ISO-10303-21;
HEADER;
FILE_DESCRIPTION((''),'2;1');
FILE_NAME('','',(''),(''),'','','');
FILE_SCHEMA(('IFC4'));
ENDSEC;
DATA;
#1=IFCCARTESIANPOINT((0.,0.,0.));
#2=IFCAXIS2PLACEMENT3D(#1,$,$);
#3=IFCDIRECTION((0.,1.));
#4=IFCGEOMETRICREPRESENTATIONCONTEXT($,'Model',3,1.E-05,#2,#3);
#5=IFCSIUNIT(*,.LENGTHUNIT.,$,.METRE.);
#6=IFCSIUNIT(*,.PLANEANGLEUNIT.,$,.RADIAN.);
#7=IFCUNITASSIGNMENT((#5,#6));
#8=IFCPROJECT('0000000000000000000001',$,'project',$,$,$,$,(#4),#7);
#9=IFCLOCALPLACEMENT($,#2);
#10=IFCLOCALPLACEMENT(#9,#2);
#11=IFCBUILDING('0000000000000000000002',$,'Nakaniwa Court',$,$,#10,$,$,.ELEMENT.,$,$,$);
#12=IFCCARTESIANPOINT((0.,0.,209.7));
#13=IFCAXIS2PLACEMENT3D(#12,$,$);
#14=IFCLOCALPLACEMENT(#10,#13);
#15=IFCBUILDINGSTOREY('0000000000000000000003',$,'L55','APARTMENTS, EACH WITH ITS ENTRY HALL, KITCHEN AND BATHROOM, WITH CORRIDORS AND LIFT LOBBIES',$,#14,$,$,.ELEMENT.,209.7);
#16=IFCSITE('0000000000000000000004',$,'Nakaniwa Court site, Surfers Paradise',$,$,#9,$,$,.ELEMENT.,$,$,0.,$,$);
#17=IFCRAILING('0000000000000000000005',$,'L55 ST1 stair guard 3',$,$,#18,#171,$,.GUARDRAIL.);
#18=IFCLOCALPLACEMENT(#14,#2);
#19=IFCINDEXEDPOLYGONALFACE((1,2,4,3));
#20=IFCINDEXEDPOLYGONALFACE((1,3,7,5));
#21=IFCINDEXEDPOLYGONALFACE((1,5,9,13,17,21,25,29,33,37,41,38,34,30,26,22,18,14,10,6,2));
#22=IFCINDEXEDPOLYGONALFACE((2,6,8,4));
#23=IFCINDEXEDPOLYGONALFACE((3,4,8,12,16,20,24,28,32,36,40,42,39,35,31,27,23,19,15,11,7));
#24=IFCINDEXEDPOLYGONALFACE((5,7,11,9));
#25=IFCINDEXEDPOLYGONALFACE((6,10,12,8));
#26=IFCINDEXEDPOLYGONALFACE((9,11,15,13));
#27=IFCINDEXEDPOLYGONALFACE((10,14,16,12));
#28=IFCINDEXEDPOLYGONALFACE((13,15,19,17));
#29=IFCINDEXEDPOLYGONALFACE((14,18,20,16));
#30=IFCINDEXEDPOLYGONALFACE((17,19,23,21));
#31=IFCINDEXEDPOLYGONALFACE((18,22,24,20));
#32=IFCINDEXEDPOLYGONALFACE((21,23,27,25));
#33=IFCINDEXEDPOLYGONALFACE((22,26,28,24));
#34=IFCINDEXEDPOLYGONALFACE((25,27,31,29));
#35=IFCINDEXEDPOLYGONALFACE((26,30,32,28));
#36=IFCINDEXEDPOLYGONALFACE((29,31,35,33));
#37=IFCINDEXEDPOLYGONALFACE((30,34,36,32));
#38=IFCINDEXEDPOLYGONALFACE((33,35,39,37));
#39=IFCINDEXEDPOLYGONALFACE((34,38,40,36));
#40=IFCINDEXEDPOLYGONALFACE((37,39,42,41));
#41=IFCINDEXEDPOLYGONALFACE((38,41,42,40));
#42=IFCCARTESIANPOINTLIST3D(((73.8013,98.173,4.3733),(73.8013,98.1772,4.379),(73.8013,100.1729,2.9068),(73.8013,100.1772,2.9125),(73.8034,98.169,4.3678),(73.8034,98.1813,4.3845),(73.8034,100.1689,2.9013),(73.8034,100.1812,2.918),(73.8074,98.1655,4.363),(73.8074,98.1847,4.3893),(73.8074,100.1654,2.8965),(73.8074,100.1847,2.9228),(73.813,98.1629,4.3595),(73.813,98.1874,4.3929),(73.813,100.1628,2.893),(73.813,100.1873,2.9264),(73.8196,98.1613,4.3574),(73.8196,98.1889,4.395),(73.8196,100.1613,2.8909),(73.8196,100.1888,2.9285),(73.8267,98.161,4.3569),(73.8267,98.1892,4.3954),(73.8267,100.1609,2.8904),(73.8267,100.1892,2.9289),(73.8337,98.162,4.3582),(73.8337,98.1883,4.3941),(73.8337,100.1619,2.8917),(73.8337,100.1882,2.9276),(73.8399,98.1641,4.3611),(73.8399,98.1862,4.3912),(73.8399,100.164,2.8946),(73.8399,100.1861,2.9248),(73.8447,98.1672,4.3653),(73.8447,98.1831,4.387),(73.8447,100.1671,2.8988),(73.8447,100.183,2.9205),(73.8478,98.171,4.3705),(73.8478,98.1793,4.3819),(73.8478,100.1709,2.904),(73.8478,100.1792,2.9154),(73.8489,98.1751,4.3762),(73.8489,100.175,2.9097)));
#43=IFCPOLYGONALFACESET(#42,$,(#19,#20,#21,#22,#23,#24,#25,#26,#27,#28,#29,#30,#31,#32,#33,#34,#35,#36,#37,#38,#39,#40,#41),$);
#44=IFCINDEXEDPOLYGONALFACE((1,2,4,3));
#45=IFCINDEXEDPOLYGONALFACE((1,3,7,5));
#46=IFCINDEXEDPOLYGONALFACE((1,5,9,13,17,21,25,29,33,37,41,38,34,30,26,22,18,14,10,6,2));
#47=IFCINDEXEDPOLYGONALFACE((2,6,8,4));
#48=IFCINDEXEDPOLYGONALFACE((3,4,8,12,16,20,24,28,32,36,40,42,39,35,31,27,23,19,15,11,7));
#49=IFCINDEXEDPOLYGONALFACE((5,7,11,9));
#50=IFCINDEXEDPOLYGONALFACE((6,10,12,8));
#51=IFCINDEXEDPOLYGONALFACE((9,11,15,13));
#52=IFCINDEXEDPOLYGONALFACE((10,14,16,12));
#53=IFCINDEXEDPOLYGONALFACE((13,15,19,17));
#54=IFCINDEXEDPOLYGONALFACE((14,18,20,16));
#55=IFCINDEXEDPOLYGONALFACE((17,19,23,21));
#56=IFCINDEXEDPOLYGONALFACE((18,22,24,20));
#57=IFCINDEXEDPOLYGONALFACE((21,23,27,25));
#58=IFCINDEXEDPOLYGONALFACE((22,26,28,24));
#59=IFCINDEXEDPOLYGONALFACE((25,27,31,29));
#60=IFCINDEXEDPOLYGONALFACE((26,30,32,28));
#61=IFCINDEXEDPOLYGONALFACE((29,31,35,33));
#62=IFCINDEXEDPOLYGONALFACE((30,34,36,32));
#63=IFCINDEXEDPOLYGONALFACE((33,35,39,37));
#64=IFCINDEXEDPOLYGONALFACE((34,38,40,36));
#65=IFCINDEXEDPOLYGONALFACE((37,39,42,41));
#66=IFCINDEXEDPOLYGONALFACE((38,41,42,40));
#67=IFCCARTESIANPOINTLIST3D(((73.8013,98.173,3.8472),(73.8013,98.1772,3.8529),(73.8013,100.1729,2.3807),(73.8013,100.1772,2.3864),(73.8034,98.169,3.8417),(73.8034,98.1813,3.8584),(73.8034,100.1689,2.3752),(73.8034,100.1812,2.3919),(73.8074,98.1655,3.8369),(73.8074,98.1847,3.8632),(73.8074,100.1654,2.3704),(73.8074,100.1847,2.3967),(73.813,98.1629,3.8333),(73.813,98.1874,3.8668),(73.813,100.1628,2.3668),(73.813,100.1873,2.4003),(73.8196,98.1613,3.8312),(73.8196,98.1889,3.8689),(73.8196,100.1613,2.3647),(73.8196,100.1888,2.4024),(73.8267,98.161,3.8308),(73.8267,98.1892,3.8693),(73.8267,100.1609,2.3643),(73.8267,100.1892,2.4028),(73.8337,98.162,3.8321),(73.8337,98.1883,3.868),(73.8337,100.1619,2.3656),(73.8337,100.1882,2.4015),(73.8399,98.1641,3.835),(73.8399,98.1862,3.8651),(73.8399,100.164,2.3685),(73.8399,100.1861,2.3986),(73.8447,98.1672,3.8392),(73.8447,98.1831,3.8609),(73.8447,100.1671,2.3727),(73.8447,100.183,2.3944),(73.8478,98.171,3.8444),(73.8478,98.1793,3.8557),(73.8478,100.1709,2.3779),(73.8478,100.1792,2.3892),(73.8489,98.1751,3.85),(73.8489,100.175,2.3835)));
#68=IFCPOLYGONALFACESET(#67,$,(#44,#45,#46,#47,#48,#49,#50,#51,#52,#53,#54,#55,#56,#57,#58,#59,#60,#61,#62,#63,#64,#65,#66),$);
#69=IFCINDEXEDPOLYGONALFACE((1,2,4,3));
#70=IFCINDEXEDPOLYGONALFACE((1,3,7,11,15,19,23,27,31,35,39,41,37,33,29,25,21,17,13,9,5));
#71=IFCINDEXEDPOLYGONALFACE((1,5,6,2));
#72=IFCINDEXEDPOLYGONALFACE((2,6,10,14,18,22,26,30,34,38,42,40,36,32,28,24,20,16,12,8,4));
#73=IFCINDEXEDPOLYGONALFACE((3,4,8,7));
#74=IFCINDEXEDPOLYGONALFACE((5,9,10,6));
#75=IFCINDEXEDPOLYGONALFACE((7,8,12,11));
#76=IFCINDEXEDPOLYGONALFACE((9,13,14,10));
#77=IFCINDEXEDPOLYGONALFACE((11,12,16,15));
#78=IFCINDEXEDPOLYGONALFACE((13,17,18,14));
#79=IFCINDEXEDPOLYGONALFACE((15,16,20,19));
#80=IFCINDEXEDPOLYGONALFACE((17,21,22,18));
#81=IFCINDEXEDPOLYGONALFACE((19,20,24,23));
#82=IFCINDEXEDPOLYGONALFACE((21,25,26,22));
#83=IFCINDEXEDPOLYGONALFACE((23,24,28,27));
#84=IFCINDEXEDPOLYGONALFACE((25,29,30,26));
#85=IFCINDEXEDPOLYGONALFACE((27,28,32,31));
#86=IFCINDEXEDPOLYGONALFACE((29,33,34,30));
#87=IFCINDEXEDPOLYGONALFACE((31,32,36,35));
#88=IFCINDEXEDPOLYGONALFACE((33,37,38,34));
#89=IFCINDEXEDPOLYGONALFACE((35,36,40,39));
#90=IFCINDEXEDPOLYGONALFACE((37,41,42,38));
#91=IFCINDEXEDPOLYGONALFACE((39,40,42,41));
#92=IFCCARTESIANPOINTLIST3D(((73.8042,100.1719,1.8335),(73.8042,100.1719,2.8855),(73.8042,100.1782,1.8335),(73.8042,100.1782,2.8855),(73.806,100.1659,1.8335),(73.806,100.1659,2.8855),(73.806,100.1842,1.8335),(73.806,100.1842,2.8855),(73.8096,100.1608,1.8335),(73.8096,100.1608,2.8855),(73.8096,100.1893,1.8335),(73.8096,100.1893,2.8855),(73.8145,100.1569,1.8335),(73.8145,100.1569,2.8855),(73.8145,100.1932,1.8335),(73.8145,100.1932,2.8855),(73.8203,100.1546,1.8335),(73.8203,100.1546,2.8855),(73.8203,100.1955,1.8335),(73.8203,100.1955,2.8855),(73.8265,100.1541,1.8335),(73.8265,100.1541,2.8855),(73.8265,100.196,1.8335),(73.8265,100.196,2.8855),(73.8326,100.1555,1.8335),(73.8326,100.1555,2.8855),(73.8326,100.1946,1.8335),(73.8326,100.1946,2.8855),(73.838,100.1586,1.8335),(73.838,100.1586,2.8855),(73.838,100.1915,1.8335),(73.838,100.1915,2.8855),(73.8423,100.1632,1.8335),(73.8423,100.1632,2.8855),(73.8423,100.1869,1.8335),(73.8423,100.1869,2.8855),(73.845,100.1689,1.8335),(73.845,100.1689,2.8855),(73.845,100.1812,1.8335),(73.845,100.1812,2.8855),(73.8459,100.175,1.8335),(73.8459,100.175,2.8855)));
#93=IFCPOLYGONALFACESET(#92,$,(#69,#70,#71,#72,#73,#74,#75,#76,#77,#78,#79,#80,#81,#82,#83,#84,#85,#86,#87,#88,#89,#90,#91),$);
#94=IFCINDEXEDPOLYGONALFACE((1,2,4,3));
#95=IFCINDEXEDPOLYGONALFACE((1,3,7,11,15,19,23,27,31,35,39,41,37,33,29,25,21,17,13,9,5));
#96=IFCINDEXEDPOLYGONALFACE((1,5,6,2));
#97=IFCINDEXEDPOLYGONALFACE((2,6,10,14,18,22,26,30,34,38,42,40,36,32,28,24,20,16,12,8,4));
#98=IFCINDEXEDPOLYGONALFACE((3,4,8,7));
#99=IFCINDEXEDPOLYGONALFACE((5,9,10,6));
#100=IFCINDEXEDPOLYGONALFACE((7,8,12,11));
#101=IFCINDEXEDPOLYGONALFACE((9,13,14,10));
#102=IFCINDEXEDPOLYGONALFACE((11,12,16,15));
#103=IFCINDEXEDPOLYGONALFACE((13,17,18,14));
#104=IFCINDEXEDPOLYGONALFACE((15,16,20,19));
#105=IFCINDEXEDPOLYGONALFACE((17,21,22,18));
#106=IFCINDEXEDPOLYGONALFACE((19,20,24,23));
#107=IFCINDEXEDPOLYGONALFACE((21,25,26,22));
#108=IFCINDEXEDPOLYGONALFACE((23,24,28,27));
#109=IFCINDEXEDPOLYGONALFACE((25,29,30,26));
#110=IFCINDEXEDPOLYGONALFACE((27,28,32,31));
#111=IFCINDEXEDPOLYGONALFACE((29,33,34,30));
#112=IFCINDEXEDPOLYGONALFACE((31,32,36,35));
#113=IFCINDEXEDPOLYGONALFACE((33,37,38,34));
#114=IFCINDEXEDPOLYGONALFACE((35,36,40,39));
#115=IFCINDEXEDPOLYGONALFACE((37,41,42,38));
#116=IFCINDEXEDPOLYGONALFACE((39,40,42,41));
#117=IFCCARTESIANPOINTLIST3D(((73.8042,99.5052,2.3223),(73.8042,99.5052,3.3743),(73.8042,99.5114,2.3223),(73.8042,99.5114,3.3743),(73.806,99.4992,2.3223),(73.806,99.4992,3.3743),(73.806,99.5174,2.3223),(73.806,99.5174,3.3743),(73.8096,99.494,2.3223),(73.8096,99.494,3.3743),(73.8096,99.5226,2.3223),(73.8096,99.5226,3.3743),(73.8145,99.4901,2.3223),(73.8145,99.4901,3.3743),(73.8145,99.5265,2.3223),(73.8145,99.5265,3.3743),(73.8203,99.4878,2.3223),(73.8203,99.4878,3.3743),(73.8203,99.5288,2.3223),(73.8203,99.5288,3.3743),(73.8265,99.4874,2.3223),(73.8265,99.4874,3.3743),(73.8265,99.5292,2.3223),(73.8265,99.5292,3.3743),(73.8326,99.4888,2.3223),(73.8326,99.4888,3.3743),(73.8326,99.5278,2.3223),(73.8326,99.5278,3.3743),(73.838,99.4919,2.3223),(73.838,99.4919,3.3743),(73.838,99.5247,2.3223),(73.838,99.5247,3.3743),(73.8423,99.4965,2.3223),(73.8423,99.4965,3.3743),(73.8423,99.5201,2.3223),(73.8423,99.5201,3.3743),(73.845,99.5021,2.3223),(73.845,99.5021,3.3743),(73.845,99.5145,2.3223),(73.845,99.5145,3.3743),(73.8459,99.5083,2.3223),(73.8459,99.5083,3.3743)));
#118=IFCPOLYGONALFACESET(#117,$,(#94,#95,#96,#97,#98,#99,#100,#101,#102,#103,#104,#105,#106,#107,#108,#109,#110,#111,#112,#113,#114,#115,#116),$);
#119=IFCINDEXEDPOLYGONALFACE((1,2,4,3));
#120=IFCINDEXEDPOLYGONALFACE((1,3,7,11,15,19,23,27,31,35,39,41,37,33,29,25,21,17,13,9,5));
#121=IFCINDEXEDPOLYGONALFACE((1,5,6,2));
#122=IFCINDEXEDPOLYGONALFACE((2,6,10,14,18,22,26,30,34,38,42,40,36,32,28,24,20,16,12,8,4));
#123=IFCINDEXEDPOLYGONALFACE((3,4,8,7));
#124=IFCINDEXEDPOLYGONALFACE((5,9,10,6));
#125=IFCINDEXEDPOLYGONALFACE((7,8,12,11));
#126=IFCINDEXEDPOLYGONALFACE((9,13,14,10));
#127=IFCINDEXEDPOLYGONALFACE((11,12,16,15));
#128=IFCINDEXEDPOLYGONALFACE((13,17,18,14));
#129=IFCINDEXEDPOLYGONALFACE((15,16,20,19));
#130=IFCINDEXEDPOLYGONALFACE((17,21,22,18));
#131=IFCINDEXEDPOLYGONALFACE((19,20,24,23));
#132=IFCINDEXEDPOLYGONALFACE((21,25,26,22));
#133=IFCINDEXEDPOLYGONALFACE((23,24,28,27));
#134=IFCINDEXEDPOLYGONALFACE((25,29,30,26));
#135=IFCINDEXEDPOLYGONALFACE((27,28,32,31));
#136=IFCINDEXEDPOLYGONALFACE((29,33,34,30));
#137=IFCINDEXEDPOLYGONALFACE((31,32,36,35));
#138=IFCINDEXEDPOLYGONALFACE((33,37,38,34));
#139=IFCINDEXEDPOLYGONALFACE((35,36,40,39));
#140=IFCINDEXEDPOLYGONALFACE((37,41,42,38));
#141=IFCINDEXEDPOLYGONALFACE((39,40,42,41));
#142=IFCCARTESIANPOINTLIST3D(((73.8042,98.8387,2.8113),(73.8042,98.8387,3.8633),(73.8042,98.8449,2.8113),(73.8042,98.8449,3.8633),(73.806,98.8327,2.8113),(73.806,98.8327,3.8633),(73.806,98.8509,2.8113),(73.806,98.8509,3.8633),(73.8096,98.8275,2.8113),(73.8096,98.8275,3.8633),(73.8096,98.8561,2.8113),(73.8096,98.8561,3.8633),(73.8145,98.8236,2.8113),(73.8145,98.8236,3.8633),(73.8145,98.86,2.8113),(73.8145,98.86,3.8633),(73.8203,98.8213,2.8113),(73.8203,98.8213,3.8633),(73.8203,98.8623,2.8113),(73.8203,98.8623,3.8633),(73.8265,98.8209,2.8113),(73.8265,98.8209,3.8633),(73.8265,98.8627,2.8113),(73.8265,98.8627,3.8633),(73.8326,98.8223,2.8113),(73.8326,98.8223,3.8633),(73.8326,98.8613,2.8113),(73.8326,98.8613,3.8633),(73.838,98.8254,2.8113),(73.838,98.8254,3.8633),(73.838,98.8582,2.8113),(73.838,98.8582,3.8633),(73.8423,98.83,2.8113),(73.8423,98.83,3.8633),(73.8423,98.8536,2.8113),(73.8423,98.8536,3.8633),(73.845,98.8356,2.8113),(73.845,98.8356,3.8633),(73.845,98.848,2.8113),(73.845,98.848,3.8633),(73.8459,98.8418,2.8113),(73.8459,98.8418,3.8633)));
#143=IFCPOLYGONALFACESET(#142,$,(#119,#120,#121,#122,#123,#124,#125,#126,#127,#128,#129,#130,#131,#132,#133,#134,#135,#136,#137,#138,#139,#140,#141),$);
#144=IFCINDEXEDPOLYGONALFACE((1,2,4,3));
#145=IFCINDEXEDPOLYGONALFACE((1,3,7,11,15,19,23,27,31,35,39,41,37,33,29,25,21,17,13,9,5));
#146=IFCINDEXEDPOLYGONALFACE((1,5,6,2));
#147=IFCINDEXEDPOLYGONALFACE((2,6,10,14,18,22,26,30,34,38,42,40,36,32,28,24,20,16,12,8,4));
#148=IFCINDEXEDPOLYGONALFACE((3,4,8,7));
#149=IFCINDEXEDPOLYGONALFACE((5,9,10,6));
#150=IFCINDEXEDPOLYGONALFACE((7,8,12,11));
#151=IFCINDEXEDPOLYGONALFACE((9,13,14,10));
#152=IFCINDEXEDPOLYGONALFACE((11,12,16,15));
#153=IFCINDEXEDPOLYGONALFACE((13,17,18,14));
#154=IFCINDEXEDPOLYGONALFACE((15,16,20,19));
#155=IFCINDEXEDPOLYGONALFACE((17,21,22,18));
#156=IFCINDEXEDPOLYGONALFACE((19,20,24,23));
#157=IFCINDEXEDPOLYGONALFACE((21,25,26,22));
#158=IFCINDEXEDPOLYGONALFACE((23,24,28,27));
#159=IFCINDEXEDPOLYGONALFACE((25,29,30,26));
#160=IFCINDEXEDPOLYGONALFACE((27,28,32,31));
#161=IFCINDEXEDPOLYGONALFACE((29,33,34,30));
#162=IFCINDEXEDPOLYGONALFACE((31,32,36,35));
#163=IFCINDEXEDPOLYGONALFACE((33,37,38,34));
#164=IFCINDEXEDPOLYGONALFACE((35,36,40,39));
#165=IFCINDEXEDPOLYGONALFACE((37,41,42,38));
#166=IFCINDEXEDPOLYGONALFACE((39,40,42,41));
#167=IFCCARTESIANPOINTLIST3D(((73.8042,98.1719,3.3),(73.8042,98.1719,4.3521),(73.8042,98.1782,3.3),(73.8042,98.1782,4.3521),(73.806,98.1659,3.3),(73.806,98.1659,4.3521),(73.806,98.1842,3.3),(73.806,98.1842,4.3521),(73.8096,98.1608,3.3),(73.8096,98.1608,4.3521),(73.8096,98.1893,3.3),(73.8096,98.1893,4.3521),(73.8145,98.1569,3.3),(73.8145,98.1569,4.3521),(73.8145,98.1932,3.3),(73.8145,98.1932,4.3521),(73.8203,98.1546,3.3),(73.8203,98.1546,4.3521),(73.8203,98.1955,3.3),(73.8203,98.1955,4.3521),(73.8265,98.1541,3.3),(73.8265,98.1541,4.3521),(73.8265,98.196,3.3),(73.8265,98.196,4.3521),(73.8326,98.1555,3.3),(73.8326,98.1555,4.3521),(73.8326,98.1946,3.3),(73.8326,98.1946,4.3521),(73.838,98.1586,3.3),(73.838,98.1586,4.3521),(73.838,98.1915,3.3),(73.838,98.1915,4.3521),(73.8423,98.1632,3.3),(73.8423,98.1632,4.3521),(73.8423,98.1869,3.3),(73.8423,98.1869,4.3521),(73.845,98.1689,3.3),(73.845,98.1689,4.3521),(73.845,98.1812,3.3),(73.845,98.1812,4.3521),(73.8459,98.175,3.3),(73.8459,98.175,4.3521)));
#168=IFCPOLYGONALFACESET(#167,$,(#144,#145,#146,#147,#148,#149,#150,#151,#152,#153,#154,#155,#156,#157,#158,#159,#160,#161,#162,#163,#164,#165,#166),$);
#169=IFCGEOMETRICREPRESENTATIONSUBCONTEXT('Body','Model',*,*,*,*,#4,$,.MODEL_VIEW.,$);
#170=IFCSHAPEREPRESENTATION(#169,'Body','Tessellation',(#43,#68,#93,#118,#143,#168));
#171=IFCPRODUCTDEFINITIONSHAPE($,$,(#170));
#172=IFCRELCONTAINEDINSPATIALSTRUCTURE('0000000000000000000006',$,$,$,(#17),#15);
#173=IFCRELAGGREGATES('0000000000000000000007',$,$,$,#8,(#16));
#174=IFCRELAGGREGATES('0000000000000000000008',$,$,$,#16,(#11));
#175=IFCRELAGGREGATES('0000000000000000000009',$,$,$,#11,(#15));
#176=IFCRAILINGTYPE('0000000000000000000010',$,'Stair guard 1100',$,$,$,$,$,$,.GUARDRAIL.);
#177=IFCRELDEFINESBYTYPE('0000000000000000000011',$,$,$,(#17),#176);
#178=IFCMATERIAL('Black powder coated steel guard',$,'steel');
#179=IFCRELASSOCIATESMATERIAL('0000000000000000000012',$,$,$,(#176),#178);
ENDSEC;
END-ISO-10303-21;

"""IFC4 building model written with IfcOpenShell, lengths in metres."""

from ifc_helpers import new_model, si_unit, direction, frame, origin, origin_2d, place, context, subcontext, project, spatial, circle, extrude, material, type_object, element, save


model = new_model("IFC4")

# Units and contexts
model_context = context("Model", 3, precision=1e-05, world=origin(), true_north=direction((0.0, 1.0)))
body_context = subcontext(model_context, "Body", "Model", "MODEL_VIEW")
ifc_project = project(units=[si_unit("LENGTHUNIT", "METRE"), si_unit("PLANEANGLEUNIT", "RADIAN")], contexts=[model_context])

# Site, building, storey
site_placement = place(None, origin())
site = spatial("IfcSite", under=ifc_project, at=site_placement, Name="Nakaniwa Court site, Surfers Paradise", CompositionType="ELEMENT", RefElevation=0.0)
building_placement = place(site_placement, origin())
building = spatial("IfcBuilding", under=site, at=building_placement, Name="Nakaniwa Court", CompositionType="ELEMENT")
storey_placement = place(building_placement, frame((0.0, 0.0, 209.7)))
storey = spatial("IfcBuildingStorey", under=building, at=storey_placement, Name="L55", Description="APARTMENTS, EACH WITH ITS ENTRY HALL, KITCHEN AND BATHROOM, WITH CORRIDORS AND LIFT LOBBIES", CompositionType="ELEMENT", Elevation=209.7)

# Railing
ifc_material_1 = material(Name="Black powder coated steel guard", Category="steel")
railing_type_1 = type_object("IfcRailingType", Name="Stair guard 1100", PredefinedType="GUARDRAIL", material=ifc_material_1)
railing_1_placement = place(storey_placement, frame((73.825, 100.175, 1.8335)))
element("IfcRailing", 1, at=railing_1_placement, inside=storey, type_object=railing_type_1, Name="L55 ST1 stair guard 3", PredefinedType="GUARDRAIL", context=body_context, shape_type="SweptSolid", body=[
    extrude(circle(Radius=0.0239, at=origin_2d()), frame((0.0, 0.0, 1.0762), z_axis=(0.0, -0.806427, 0.591334), x_axis=(1.0, 0.0, 0.0)), (0.0, 0.0, 1.0), 2.48),
    extrude(circle(Radius=0.0239, at=origin_2d()), frame((0.0, 0.0, 0.55), z_axis=(0.0, -0.806427, 0.591334), x_axis=(1.0, 0.0, 0.0)), (0.0, 0.0, 1.0), 2.48),
    extrude(circle(Radius=0.021, at=origin_2d()), origin(), (0.0, 0.0, 1.0), 1.052),
    extrude(circle(Radius=0.021, at=origin_2d()), frame((0.0, -0.6667, 0.4888)), (0.0, 0.0, 1.0), 1.052),
    extrude(circle(Radius=0.021, at=origin_2d()), frame((0.0, -1.3333, 0.9778)), (0.0, 0.0, 1.0), 1.052),
    extrude(circle(Radius=0.021, at=origin_2d()), frame((0.0, -2.0, 1.4666)), (0.0, 0.0, 1.0), 1.052),
])

save(model, "model.ifc")
